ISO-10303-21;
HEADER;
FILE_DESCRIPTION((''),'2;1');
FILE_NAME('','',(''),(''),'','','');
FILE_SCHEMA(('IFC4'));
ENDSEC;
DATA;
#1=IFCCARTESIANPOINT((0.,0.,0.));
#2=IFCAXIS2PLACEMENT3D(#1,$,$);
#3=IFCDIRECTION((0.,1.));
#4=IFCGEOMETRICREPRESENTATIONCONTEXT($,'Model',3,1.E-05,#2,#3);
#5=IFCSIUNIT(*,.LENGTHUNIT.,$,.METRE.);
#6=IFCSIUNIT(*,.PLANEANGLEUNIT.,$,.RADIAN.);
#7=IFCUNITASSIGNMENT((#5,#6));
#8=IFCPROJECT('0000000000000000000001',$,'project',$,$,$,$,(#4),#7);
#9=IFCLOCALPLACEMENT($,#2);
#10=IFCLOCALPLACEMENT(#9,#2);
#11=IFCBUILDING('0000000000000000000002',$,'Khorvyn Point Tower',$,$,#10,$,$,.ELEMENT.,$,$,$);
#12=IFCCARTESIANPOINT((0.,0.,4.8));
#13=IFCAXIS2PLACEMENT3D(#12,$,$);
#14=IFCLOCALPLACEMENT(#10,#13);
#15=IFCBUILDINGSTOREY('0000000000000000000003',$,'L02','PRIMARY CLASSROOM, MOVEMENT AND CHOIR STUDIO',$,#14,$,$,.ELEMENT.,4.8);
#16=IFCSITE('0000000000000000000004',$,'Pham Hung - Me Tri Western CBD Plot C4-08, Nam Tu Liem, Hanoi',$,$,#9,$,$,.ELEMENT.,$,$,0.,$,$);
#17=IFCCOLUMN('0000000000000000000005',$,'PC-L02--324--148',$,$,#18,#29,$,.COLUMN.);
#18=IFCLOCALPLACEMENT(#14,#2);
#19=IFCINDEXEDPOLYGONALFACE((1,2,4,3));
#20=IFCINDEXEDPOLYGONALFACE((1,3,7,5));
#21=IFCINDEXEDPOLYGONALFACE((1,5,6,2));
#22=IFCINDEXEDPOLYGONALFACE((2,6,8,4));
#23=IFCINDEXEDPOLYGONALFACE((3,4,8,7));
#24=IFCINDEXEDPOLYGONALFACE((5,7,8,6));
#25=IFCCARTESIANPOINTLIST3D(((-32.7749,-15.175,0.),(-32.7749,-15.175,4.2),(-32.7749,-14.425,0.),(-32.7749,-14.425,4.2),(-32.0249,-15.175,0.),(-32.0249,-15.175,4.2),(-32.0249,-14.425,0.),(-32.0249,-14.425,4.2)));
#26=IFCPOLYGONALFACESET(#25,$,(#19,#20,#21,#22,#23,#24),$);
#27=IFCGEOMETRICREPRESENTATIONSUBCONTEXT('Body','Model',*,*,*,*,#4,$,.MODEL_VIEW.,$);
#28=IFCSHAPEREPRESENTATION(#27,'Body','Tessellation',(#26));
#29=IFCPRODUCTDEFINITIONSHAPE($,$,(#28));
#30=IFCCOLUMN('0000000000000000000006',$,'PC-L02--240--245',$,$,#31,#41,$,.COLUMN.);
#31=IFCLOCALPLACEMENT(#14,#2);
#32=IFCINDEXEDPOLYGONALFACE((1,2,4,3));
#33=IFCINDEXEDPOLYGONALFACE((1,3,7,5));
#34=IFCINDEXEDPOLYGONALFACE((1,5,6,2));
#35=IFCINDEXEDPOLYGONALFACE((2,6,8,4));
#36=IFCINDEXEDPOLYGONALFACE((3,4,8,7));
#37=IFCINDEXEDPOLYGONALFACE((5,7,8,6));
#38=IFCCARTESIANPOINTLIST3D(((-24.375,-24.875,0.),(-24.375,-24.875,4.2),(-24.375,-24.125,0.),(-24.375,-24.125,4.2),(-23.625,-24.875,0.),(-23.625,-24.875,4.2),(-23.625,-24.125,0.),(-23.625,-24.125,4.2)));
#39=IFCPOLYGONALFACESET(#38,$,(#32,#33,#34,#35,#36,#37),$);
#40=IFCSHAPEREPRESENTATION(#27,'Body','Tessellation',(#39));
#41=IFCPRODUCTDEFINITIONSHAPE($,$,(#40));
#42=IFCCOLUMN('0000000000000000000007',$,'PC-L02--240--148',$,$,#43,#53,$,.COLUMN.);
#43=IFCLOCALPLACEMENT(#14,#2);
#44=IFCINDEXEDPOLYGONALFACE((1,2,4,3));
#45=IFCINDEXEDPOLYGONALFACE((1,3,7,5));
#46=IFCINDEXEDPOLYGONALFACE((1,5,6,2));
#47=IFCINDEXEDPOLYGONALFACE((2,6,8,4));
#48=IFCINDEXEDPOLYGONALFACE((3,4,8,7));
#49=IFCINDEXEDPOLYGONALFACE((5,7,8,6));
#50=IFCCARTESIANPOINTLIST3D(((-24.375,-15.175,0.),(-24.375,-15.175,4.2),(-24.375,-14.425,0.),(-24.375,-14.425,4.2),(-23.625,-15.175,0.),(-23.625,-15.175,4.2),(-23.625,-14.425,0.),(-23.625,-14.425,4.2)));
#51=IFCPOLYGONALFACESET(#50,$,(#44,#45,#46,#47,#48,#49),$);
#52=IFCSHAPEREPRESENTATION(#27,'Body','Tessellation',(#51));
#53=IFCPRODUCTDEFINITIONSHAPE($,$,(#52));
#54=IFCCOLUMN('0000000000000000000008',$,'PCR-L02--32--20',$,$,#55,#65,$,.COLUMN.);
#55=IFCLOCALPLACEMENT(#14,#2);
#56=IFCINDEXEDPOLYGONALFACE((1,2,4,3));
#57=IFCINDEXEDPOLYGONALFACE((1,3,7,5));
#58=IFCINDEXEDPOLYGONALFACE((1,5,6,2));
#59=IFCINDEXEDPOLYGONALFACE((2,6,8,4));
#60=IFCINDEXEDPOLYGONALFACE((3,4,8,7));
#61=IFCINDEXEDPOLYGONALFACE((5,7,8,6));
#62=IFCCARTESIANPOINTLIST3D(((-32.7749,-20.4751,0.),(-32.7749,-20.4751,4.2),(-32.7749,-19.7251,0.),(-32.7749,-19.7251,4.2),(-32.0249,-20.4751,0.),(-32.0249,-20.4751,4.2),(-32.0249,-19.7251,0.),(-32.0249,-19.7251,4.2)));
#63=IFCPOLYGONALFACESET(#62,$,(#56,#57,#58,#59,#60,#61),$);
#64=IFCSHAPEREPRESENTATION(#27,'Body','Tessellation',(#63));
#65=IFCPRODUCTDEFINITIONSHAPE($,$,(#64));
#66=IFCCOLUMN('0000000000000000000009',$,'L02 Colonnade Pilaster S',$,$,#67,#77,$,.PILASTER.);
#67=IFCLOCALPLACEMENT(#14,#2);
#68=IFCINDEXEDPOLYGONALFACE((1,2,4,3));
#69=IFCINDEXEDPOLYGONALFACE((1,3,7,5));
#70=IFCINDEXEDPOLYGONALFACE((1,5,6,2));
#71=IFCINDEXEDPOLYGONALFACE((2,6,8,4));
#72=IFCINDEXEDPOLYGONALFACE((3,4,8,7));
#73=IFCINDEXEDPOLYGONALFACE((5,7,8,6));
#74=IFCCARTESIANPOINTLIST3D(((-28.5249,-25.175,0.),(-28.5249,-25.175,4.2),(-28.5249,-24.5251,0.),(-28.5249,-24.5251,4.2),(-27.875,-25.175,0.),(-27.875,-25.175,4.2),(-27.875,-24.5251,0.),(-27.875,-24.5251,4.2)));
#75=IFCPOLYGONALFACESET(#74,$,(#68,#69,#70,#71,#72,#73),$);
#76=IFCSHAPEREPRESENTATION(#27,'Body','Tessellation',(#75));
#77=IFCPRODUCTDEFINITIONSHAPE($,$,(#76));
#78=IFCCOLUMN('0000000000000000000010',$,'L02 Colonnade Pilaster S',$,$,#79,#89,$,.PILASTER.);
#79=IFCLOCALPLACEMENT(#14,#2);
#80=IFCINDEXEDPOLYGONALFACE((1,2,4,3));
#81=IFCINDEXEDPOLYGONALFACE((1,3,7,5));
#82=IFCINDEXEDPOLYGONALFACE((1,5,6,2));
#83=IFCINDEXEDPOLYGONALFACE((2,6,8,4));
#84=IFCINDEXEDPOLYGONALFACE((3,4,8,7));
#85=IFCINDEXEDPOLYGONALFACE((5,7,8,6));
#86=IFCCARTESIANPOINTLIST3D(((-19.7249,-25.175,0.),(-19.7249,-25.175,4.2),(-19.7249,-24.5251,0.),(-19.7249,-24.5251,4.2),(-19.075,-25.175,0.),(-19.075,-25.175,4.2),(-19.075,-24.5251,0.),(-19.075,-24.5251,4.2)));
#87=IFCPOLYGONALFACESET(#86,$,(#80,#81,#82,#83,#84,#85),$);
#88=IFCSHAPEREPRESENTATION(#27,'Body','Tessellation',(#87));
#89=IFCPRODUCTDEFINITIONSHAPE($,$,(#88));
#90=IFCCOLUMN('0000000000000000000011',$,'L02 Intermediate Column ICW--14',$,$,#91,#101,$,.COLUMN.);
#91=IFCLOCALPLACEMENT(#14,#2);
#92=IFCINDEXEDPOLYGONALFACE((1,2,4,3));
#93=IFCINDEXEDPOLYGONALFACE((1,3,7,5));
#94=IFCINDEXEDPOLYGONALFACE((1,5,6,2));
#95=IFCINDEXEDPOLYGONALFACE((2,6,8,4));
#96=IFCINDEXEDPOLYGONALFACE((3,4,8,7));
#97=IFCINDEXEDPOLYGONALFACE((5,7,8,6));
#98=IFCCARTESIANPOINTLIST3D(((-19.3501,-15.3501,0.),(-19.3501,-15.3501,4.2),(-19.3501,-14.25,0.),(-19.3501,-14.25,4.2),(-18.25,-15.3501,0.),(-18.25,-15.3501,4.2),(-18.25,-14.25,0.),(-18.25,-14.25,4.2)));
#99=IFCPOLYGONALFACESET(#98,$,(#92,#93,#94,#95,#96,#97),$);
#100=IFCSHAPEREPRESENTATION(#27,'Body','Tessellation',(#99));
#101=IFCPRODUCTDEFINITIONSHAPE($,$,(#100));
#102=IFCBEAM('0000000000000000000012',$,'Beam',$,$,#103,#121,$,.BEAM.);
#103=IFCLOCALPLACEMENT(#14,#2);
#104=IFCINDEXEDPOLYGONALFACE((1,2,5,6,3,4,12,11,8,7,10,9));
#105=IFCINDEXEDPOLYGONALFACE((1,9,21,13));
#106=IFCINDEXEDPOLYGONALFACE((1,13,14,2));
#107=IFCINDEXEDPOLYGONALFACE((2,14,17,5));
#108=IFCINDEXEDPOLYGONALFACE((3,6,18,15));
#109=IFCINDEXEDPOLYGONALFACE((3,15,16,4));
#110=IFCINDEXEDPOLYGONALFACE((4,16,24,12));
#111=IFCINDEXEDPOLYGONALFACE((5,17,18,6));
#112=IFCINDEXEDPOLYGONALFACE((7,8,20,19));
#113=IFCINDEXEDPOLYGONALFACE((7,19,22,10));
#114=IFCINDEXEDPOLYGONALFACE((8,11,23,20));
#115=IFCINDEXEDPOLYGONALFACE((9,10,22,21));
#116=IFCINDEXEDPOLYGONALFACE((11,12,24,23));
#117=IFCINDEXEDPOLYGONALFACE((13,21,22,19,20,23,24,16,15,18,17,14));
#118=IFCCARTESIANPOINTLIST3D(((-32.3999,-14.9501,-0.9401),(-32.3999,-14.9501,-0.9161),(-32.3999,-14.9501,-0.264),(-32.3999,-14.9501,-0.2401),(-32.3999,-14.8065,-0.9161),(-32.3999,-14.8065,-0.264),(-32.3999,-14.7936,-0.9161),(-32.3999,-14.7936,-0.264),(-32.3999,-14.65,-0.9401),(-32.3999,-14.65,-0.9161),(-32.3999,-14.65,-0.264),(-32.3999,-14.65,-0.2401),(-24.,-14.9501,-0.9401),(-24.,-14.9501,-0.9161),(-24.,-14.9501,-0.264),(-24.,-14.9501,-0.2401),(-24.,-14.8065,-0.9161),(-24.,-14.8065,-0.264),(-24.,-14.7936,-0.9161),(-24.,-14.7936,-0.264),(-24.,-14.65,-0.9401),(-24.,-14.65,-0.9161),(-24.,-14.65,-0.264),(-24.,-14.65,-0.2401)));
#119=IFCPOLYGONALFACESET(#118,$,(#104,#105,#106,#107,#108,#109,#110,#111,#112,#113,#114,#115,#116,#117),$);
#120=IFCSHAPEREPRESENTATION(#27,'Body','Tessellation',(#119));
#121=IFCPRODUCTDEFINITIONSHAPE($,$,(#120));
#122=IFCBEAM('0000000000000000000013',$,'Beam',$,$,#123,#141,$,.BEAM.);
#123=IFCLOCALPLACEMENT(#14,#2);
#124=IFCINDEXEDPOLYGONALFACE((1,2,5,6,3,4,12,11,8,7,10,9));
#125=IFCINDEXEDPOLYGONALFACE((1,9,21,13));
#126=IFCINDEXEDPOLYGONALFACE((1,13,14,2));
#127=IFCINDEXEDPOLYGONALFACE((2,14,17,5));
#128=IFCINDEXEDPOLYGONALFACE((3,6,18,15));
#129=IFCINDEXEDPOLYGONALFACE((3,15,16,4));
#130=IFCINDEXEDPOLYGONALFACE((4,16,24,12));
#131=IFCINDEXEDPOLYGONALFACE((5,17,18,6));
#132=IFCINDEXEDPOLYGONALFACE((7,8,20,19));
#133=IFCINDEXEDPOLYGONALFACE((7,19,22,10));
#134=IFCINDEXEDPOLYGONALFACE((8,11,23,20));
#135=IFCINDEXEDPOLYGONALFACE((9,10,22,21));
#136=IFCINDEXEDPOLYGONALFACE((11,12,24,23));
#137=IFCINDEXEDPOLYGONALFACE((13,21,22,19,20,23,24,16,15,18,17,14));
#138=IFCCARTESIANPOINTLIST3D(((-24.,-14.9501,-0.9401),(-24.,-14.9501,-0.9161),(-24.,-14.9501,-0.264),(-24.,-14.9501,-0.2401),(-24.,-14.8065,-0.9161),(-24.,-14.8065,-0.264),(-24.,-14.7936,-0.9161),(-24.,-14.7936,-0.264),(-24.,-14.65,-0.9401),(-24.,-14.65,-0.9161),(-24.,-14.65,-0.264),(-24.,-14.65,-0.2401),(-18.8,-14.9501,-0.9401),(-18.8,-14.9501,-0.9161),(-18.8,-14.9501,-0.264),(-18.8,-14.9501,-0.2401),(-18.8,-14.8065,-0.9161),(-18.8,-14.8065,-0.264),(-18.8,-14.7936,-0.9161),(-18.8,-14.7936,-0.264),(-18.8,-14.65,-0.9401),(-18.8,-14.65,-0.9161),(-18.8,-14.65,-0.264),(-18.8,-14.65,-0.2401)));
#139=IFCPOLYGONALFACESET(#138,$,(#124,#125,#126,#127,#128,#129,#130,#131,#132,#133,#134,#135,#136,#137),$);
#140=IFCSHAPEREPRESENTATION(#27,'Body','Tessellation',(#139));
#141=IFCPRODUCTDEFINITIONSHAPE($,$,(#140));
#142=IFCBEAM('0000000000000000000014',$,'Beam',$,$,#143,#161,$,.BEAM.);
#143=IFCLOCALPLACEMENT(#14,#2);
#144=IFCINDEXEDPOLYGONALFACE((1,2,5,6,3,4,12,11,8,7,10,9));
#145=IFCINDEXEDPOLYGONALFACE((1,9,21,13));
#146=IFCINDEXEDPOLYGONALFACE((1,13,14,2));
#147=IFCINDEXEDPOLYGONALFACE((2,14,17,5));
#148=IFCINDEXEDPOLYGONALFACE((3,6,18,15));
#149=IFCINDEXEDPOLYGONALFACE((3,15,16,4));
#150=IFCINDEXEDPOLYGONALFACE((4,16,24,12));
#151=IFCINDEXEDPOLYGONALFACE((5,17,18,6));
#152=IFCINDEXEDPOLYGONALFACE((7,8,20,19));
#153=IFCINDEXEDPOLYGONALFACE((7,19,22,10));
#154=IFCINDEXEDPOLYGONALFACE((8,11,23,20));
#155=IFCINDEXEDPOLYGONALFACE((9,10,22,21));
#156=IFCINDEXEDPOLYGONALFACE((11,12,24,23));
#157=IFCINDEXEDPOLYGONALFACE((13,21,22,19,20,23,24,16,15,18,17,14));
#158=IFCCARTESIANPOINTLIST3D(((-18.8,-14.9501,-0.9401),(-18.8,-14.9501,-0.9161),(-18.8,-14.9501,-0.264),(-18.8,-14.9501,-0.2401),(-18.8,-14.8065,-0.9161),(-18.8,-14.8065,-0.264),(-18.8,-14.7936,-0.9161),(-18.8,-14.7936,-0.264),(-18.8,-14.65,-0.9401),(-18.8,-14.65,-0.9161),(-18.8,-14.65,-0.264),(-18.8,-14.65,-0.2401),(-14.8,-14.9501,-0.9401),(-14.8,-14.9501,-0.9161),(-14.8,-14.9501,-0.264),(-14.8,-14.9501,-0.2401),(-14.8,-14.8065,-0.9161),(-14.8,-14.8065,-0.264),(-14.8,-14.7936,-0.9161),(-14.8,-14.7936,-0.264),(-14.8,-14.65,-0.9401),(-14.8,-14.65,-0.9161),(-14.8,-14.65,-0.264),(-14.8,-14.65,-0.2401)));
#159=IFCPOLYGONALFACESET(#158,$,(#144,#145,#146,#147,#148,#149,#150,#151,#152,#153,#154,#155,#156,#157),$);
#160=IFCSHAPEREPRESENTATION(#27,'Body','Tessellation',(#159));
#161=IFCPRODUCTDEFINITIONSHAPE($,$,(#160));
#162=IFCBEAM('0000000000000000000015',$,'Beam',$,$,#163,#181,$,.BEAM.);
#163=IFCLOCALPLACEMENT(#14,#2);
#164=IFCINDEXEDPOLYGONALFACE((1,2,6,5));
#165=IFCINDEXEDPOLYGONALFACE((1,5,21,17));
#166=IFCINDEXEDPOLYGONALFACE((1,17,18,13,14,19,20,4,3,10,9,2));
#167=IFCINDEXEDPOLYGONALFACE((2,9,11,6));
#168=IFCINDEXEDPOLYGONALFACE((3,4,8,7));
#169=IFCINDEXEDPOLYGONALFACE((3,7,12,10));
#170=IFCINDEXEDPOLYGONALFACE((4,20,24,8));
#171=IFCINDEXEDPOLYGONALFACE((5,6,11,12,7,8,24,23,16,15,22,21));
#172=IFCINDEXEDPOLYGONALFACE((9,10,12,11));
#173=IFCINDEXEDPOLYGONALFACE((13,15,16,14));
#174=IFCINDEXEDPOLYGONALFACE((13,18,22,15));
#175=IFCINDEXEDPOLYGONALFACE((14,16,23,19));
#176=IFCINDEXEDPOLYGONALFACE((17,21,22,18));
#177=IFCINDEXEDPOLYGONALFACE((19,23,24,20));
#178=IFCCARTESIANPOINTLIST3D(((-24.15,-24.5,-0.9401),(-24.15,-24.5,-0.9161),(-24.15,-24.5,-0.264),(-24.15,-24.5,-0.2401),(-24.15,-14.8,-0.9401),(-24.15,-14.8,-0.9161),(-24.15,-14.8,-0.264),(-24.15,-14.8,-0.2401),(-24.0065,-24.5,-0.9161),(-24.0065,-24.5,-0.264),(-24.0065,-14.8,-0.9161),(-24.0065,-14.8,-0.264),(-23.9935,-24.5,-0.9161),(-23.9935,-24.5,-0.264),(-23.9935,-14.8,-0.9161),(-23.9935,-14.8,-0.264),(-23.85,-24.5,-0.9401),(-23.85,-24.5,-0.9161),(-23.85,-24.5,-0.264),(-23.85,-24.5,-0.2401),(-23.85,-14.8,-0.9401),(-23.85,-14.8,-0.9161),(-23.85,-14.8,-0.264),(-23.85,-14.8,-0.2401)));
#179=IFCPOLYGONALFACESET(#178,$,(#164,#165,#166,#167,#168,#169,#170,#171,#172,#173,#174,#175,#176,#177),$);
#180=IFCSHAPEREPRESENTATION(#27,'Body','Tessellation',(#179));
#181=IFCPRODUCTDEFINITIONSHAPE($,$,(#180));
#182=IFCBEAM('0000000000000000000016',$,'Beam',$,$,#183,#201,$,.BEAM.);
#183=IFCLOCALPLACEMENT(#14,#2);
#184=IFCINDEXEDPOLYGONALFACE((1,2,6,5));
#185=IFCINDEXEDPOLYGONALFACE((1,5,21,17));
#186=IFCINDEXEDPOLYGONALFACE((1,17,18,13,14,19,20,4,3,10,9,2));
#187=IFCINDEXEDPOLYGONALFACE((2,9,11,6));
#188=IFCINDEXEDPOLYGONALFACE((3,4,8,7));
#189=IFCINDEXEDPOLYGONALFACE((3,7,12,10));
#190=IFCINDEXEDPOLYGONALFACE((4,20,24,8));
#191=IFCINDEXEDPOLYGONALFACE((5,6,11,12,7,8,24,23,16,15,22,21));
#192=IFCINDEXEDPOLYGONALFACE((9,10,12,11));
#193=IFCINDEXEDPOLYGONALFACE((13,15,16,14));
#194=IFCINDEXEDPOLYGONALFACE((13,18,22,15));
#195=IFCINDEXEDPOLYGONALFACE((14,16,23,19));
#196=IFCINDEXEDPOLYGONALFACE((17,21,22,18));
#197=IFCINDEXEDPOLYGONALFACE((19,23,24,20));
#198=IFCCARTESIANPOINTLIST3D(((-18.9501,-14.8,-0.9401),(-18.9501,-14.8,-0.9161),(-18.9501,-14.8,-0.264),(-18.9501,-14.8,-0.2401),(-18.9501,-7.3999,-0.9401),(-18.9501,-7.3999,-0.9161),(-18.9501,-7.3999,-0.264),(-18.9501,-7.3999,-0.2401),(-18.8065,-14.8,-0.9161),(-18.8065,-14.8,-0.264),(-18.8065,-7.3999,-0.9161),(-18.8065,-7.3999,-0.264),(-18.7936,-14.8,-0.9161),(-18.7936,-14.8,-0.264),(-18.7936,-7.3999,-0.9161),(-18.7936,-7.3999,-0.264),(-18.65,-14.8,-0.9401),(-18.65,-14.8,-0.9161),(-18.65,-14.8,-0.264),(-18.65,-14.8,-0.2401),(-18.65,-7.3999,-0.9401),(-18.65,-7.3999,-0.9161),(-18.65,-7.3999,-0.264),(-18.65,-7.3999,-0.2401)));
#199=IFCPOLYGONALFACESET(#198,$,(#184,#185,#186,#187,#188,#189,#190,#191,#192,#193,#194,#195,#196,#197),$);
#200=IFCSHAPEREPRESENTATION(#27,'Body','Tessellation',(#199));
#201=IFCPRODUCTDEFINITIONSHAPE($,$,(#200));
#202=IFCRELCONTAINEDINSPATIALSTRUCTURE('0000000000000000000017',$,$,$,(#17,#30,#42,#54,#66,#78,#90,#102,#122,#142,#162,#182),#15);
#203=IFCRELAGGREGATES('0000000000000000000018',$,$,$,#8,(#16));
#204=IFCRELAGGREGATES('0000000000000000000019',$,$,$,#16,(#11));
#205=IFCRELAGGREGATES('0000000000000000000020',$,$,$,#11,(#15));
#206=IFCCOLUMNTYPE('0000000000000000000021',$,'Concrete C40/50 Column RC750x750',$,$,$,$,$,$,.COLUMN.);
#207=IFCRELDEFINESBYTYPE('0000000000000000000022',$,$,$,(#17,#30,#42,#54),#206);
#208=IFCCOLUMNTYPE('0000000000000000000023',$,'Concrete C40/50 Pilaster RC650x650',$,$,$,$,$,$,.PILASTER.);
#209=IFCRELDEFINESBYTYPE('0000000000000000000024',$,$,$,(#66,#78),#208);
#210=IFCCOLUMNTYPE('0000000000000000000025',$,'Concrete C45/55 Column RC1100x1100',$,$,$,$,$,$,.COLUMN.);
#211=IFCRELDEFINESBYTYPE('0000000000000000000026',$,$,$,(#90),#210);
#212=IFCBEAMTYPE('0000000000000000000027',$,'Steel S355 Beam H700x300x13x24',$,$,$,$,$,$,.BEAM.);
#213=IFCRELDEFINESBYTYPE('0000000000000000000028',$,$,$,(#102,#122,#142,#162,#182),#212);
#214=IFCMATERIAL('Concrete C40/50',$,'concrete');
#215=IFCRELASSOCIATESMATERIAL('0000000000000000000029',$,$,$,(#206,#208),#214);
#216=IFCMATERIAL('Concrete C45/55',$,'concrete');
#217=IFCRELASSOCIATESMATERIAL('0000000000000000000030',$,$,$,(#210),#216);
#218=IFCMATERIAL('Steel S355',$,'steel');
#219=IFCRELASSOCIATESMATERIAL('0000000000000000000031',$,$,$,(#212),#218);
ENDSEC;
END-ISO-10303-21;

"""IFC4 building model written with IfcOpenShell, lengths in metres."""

from ifc_helpers import new_model, si_unit, direction, frame, origin, origin_2d, place, context, subcontext, project, spatial, rectangle, i_section, extrude, material, material_profile, profile_set, type_object, element, save


model = new_model("IFC4")

# Units and contexts
model_context = context("Model", 3, precision=1e-05, world=origin(), true_north=direction((0.0, 1.0)))
body_context = subcontext(model_context, "Body", "Model", "MODEL_VIEW")
ifc_project = project(units=[si_unit("LENGTHUNIT", "METRE"), si_unit("PLANEANGLEUNIT", "RADIAN")], contexts=[model_context])

# Site, building, storey
site_placement = place(None, origin())
site = spatial("IfcSite", under=ifc_project, at=site_placement, Name="Pham Hung - Me Tri Western CBD Plot C4-08, Nam Tu Liem, Hanoi", CompositionType="ELEMENT", RefElevation=0.0)
building_placement = place(site_placement, origin())
building = spatial("IfcBuilding", under=site, at=building_placement, Name="Khorvyn Point Tower", CompositionType="ELEMENT")
storey_placement = place(building_placement, frame((0.0, 0.0, 4.8)))
storey = spatial("IfcBuildingStorey", under=building, at=storey_placement, Name="L02", Description="PRIMARY CLASSROOM, MOVEMENT AND CHOIR STUDIO", CompositionType="ELEMENT", Elevation=4.8)

# Columns
ifc_material_1 = material(Name="Concrete C40/50", Category="concrete")
ifc_material_profile_1 = material_profile(ifc_material_1, rectangle(XDim=0.75, YDim=0.75, at=origin_2d()))
ifc_profile_set_1 = profile_set([ifc_material_profile_1], Name="Concrete C40/50 RC750x750")
column_type_1 = type_object("IfcColumnType", Name="Concrete C40/50 Column RC750x750", PredefinedType="COLUMN", material=ifc_profile_set_1)
for number, where, z_axis, x_axis, name in (
    (1, (-32.3999, -14.8, 0.0), (0.0, 0.0, 1.0), (1.0, 0.0, 0.0), "PC-L02--324--148"),
    (2, (-24.0, -24.5, 0.0), (0.0, 0.0, 1.0), (1.0, 0.0, 0.0), "PC-L02--240--245"),
    (3, (-24.0, -14.8, 0.0), (0.0, 0.0, 1.0), (1.0, 0.0, 0.0), "PC-L02--240--148"),
    (4, (-32.3999, -20.1001, 0.0), (0.0, 0.0, 1.0), (1.0, 0.0, 0.0), "PCR-L02--32--20"),
):
    element("IfcColumn", number, at=place(storey_placement, frame(where, z_axis=z_axis, x_axis=x_axis)), inside=storey, type_object=column_type_1, Name=name, PredefinedType="COLUMN", context=body_context, shape_type="SweptSolid", body=[
        extrude(rectangle(XDim=0.75, YDim=0.75, at=origin_2d()), origin(), (0.0, 0.0, 1.0), 4.2),
    ])
ifc_material_profile_2 = material_profile(ifc_material_1, rectangle(XDim=0.6499, YDim=0.6499, at=origin_2d()))
ifc_profile_set_2 = profile_set([ifc_material_profile_2], Name="Concrete C40/50 RC650x650")
column_type_2 = type_object("IfcColumnType", Name="Concrete C40/50 Pilaster RC650x650", PredefinedType="PILASTER", material=ifc_profile_set_2)
for number, where, z_axis, x_axis, name in (
    (5, (-28.2, -24.8501, 0.0), (0.0, 0.0, 1.0), (1.0, 0.0, 0.0), "L02 Colonnade Pilaster S"),
    (6, (-19.3999, -24.8501, 0.0), (0.0, 0.0, 1.0), (1.0, 0.0, 0.0), "L02 Colonnade Pilaster S"),
):
    element("IfcColumn", number, at=place(storey_placement, frame(where, z_axis=z_axis, x_axis=x_axis)), inside=storey, type_object=column_type_2, Name=name, PredefinedType="PILASTER", context=body_context, shape_type="SweptSolid", body=[
        extrude(rectangle(XDim=0.6499, YDim=0.6499, at=origin_2d()), origin(), (0.0, 0.0, 1.0), 4.2),
    ])
ifc_material_2 = material(Name="Concrete C45/55", Category="concrete")
ifc_material_profile_3 = material_profile(ifc_material_2, rectangle(XDim=1.1001, YDim=1.1001, at=origin_2d()))
ifc_profile_set_3 = profile_set([ifc_material_profile_3], Name="Concrete C45/55 RC1100x1100")
column_type_3 = type_object("IfcColumnType", Name="Concrete C45/55 Column RC1100x1100", PredefinedType="COLUMN", material=ifc_profile_set_3)
column_placement = place(storey_placement, frame((-18.8, -14.8, 0.0), z_axis=(0.0, 0.0, 1.0), x_axis=(1.0, 0.0, 0.0)))
element("IfcColumn", 7, at=column_placement, inside=storey, type_object=column_type_3, Name="L02 Intermediate Column ICW--14", PredefinedType="COLUMN", context=body_context, shape_type="SweptSolid", body=[
    extrude(rectangle(XDim=1.1001, YDim=1.1001, at=origin_2d()), origin(), (0.0, 0.0, 1.0), 4.2),
])

# Beams
ifc_material_3 = material(Name="Steel S355", Category="steel")
ifc_material_profile_4 = material_profile(ifc_material_3, i_section(OverallWidth=0.3, OverallDepth=0.7, WebThickness=0.0129, FlangeThickness=0.0239, at=origin_2d()))
ifc_profile_set_4 = profile_set([ifc_material_profile_4], Name="Steel S355 H700x300x13x24")
beam_type_1 = type_object("IfcBeamType", Name="Steel S355 Beam H700x300x13x24", PredefinedType="BEAM", material=ifc_profile_set_4)
beam_1_placement = place(storey_placement, frame((-32.3999, -14.8, -0.5901), z_axis=(1.0, 0.0, 0.0), x_axis=(0.0, 1.0, 0.0)))
element("IfcBeam", 8, at=beam_1_placement, inside=storey, type_object=beam_type_1, Name="Beam", PredefinedType="BEAM", context=body_context, shape_type="SweptSolid", body=[
    extrude(i_section(OverallWidth=0.3, OverallDepth=0.7, WebThickness=0.0129, FlangeThickness=0.0239, at=origin_2d()), origin(), (0.0, 0.0, 1.0), 8.3999),
])
beam_2_placement = place(storey_placement, frame((-24.0, -14.8, -0.5901), z_axis=(1.0, 0.0, 0.0), x_axis=(0.0, 1.0, 0.0)))
element("IfcBeam", 9, at=beam_2_placement, inside=storey, type_object=beam_type_1, Name="Beam", PredefinedType="BEAM", context=body_context, shape_type="SweptSolid", body=[
    extrude(i_section(OverallWidth=0.3, OverallDepth=0.7, WebThickness=0.0129, FlangeThickness=0.0239, at=origin_2d()), origin(), (0.0, 0.0, 1.0), 5.2),
])
beam_3_placement = place(storey_placement, frame((-18.8, -14.8, -0.5901), z_axis=(1.0, 0.0, 0.0), x_axis=(0.0, 1.0, 0.0)))
element("IfcBeam", 10, at=beam_3_placement, inside=storey, type_object=beam_type_1, Name="Beam", PredefinedType="BEAM", context=body_context, shape_type="SweptSolid", body=[
    extrude(i_section(OverallWidth=0.3, OverallDepth=0.7, WebThickness=0.0129, FlangeThickness=0.0239, at=origin_2d()), origin(), (0.0, 0.0, 1.0), 4.0),
])
beam_4_placement = place(storey_placement, frame((-24.0, -24.5, -0.5901), z_axis=(0.0, 1.0, 0.0), x_axis=(-1.0, 0.0, 0.0)))
element("IfcBeam", 11, at=beam_4_placement, inside=storey, type_object=beam_type_1, Name="Beam", PredefinedType="BEAM", context=body_context, shape_type="SweptSolid", body=[
    extrude(i_section(OverallWidth=0.3, OverallDepth=0.7, WebThickness=0.0129, FlangeThickness=0.0239, at=origin_2d()), origin(), (0.0, 0.0, 1.0), 9.7),
])
beam_5_placement = place(storey_placement, frame((-18.8, -14.8, -0.5901), z_axis=(0.0, 1.0, 0.0), x_axis=(-1.0, 0.0, 0.0)))
element("IfcBeam", 12, at=beam_5_placement, inside=storey, type_object=beam_type_1, Name="Beam", PredefinedType="BEAM", context=body_context, shape_type="SweptSolid", body=[
    extrude(i_section(OverallWidth=0.3, OverallDepth=0.7, WebThickness=0.0129, FlangeThickness=0.0239, at=origin_2d()), origin(), (0.0, 0.0, 1.0), 7.4001),
])

save(model, "model.ifc")
